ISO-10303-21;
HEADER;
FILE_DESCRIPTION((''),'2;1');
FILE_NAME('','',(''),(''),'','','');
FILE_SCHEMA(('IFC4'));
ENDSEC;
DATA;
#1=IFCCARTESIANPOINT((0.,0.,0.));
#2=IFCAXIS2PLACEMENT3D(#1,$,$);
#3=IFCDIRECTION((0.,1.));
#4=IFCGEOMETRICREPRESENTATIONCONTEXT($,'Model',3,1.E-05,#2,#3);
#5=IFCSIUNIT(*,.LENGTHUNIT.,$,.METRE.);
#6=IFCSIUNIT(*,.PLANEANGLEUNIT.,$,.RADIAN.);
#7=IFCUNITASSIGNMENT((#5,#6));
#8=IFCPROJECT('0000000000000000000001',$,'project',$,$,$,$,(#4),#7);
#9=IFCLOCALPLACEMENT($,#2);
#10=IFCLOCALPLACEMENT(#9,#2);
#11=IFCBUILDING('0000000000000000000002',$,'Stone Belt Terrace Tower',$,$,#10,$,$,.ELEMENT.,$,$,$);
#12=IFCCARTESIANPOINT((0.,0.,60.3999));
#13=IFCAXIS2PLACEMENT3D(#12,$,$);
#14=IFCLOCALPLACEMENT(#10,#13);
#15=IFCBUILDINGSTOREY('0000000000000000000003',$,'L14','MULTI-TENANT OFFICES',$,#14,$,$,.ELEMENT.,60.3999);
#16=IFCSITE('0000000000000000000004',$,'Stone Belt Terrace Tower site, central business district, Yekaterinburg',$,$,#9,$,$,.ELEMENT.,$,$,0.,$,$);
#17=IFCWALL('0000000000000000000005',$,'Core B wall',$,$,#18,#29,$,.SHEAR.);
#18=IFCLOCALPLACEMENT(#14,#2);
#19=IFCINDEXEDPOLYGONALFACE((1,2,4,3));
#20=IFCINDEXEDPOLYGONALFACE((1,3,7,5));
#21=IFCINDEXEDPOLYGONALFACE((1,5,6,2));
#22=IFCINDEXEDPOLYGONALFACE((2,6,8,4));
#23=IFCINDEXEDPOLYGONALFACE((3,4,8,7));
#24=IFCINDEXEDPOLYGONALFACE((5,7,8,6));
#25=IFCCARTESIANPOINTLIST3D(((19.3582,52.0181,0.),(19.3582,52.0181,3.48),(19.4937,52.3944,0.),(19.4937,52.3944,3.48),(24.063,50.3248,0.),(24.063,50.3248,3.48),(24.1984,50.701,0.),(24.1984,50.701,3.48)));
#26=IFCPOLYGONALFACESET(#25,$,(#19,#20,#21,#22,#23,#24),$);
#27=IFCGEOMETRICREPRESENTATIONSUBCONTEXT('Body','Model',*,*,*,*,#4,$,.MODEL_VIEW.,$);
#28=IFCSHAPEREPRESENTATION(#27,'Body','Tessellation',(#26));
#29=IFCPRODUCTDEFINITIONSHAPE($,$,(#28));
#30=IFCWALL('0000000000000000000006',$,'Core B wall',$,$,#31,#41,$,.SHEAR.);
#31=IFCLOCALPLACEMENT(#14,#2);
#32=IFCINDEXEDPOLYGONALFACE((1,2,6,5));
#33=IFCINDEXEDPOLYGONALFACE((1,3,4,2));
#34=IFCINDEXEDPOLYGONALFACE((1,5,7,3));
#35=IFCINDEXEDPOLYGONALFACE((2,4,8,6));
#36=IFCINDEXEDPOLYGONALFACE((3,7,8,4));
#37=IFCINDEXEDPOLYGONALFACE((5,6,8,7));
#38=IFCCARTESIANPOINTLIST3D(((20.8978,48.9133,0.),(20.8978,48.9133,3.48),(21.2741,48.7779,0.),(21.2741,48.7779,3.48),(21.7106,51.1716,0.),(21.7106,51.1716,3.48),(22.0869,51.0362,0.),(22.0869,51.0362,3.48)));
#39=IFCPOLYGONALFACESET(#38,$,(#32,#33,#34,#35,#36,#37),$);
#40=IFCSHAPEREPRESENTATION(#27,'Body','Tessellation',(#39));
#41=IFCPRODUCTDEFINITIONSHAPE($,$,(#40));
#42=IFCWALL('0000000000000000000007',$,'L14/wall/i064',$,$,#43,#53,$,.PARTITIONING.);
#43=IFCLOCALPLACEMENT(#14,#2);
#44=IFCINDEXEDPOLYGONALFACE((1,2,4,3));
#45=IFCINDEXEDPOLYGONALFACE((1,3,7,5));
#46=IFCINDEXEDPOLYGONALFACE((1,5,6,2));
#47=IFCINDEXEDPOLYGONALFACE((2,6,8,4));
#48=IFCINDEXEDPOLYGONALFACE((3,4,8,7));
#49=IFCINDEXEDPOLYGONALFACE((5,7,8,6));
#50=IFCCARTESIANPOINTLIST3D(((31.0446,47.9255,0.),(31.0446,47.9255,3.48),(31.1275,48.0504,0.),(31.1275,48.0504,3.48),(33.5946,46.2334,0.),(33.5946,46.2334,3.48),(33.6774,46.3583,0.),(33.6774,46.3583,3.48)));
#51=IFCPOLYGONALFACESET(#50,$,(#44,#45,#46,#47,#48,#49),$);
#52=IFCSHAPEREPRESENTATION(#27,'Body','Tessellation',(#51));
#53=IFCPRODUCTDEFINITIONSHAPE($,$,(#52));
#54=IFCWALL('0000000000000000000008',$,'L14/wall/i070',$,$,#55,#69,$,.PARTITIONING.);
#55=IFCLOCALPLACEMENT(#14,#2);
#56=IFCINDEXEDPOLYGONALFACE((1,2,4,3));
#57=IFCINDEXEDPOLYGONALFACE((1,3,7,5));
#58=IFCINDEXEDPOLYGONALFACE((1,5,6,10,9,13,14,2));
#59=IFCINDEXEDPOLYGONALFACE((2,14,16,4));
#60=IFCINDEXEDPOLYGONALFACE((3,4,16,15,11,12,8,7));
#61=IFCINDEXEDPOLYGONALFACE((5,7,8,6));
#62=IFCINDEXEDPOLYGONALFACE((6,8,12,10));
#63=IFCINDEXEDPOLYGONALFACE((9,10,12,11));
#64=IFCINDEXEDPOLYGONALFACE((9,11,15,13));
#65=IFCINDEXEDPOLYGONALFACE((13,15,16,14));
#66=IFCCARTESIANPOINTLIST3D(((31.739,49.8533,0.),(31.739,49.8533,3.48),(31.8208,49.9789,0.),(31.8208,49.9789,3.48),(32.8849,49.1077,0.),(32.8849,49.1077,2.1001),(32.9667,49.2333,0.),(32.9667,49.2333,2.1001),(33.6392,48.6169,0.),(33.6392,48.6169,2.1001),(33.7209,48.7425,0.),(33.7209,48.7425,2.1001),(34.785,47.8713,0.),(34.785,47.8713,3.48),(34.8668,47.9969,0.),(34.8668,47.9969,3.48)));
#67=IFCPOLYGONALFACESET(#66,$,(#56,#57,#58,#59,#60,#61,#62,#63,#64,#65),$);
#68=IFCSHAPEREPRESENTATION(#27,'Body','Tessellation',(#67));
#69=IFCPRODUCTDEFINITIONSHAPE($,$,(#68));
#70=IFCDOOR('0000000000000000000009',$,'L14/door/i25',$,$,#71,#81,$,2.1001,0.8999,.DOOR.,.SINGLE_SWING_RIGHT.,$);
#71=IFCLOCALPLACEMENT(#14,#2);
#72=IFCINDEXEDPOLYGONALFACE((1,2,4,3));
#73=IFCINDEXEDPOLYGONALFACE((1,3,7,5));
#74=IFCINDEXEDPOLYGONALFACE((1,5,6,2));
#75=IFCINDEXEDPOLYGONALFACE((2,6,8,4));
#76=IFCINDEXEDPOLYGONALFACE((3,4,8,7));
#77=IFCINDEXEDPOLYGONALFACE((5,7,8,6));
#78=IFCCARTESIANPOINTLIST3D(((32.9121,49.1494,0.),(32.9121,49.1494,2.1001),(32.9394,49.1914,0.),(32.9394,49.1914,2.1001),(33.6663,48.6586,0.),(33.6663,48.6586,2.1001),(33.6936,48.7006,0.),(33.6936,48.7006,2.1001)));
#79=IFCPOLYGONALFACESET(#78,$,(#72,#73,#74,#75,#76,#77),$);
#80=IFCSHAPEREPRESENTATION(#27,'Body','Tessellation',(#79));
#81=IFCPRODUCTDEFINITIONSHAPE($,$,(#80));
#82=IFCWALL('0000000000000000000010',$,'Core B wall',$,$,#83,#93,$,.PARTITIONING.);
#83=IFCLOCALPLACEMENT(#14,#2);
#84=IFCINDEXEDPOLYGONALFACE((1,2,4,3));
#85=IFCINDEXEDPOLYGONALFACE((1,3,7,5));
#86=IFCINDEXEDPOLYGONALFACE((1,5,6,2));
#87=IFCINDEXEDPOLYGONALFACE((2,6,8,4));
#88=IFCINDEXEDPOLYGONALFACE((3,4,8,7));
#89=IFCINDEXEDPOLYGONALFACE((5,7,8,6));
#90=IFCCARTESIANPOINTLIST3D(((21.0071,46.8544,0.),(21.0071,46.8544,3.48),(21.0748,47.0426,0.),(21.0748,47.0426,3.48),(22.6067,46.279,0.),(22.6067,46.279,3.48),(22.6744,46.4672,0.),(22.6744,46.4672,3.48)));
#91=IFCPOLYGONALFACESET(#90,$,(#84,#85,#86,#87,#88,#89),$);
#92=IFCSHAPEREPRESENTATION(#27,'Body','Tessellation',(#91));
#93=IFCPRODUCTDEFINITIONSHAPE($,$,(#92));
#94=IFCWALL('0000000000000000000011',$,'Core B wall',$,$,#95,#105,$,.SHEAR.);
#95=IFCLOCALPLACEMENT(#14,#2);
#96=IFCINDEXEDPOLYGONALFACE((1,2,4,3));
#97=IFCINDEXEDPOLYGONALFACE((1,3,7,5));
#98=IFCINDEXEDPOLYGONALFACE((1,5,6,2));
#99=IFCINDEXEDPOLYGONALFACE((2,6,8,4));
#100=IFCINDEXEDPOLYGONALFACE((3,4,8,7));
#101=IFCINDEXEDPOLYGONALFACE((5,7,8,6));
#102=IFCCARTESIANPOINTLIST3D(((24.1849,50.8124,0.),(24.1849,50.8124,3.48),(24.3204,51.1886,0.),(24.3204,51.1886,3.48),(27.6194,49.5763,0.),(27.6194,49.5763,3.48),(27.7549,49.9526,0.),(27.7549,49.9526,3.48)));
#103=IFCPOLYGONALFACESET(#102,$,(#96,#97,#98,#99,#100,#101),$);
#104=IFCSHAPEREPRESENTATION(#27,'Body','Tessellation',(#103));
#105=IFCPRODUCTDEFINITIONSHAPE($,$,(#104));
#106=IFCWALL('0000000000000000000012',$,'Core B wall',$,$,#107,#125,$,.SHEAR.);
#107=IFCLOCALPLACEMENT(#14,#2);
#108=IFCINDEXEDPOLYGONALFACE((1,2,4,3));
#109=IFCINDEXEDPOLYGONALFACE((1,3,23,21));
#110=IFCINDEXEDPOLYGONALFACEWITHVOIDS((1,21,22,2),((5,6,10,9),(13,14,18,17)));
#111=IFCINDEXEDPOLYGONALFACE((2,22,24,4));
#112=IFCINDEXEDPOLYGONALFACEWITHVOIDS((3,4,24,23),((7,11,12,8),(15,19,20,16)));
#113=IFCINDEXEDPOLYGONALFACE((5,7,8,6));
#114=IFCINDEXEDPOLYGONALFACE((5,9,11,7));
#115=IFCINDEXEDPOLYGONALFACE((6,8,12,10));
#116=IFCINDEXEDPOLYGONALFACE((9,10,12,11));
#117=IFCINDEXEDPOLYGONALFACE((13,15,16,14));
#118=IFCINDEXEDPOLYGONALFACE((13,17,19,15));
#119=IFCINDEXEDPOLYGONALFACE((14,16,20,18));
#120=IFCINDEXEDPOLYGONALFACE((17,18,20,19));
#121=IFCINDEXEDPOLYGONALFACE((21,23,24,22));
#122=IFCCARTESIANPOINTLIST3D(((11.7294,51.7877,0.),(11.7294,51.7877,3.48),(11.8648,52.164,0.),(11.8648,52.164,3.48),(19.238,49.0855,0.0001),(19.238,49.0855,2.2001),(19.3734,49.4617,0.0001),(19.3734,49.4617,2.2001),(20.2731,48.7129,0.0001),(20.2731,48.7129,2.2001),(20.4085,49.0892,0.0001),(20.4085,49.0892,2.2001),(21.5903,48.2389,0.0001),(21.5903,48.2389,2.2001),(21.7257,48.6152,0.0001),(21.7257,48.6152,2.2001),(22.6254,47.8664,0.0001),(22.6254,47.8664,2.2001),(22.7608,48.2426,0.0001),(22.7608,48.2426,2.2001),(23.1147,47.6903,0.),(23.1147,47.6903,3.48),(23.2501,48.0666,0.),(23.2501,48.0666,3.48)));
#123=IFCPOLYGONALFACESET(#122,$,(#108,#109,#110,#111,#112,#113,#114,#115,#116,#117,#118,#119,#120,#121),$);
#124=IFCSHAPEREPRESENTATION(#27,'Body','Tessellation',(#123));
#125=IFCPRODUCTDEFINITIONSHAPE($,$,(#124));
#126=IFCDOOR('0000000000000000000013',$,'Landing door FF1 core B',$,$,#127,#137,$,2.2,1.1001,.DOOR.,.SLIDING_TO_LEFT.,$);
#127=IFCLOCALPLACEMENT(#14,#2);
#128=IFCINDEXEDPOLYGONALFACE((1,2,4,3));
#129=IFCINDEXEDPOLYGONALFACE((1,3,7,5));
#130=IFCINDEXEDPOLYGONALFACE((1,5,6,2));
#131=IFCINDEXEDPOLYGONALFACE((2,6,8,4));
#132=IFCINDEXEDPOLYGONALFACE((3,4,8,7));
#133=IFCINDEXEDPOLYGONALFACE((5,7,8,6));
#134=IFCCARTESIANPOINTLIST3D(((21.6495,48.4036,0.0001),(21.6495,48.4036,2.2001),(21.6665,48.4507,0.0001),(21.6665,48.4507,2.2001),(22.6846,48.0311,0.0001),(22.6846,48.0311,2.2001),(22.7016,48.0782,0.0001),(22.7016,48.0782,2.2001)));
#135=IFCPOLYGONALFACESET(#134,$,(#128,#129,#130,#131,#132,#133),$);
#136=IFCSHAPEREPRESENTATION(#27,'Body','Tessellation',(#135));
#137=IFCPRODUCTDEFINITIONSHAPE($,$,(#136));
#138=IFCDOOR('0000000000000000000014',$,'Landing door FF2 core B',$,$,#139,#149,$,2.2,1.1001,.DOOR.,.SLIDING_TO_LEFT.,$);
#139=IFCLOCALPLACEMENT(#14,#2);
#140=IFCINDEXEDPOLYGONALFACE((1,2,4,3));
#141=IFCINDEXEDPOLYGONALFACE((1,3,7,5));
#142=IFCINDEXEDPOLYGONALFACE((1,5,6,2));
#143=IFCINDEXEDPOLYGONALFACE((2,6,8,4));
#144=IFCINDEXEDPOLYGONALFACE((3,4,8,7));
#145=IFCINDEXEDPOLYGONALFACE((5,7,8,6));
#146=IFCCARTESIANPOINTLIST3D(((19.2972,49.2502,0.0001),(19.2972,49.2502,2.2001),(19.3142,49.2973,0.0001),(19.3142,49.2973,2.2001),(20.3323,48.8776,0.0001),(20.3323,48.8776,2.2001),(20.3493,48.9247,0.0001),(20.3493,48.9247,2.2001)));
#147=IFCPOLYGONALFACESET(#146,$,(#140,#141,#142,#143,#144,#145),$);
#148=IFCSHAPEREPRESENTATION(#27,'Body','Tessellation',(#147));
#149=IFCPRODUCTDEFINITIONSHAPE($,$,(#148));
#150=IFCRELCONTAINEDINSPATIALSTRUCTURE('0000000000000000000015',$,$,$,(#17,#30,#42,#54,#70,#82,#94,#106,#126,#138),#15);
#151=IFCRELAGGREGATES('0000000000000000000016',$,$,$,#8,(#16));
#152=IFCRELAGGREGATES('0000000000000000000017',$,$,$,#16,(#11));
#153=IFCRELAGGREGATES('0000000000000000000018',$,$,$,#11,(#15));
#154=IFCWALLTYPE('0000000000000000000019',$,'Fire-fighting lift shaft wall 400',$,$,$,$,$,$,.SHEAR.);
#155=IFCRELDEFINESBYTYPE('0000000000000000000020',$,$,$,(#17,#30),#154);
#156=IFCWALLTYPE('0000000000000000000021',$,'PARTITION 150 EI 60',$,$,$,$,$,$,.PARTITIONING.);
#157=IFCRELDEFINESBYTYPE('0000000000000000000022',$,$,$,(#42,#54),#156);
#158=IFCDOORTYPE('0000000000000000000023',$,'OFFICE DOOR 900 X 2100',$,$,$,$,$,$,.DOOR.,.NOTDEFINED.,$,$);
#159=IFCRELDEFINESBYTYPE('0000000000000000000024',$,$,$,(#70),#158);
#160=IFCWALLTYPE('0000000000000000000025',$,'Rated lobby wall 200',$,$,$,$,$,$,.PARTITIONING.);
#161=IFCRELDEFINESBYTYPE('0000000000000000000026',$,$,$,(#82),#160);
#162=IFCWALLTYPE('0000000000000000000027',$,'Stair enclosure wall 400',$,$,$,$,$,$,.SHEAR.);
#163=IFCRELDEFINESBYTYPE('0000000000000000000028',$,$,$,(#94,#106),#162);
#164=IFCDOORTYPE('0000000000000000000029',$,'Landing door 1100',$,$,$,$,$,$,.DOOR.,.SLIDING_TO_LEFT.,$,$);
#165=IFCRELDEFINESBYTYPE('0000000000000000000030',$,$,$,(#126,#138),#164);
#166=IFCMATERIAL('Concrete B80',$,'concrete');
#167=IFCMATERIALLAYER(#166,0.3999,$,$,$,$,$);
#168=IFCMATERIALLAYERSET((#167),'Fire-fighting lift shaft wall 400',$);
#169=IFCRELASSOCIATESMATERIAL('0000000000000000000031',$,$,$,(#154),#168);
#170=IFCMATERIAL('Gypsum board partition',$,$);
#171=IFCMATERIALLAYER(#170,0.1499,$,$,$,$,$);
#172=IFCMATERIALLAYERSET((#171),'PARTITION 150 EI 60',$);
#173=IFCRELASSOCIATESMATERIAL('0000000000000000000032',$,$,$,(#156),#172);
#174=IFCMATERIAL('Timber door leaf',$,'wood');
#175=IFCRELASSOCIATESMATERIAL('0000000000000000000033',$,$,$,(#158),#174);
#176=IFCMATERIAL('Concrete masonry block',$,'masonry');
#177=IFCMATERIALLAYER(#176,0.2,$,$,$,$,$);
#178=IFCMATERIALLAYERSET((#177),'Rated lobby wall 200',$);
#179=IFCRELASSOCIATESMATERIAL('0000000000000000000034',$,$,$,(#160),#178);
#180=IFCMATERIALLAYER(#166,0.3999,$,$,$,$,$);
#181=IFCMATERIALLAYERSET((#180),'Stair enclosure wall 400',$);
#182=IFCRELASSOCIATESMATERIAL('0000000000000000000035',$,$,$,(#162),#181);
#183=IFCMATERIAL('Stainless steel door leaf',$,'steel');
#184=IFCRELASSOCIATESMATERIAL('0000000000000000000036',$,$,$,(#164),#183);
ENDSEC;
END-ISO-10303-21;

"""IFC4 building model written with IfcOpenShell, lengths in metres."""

from ifc_helpers import new_model, si_unit, direction, frame, frame_2d, origin, place, context, subcontext, project, spatial, rectangle, extrude, material, layer, layer_set, type_object, element, fill, save


model = new_model("IFC4")

# Units and contexts
model_context = context("Model", 3, precision=1e-05, world=origin(), true_north=direction((0.0, 1.0)))
body_context = subcontext(model_context, "Body", "Model", "MODEL_VIEW")
ifc_project = project(units=[si_unit("LENGTHUNIT", "METRE"), si_unit("PLANEANGLEUNIT", "RADIAN")], contexts=[model_context])

# Site, building, storey
site_placement = place(None, origin())
site = spatial("IfcSite", under=ifc_project, at=site_placement, Name="Stone Belt Terrace Tower site, central business district, Yekaterinburg", CompositionType="ELEMENT", RefElevation=0.0)
building_placement = place(site_placement, origin())
building = spatial("IfcBuilding", under=site, at=building_placement, Name="Stone Belt Terrace Tower", CompositionType="ELEMENT")
storey_placement = place(building_placement, frame((0.0, 0.0, 60.3999)))
storey = spatial("IfcBuildingStorey", under=building, at=storey_placement, Name="L14", Description="MULTI-TENANT OFFICES", CompositionType="ELEMENT", Elevation=60.3999)

# Walls
ifc_material_1 = material(Name="Concrete B80", Category="concrete")
ifc_layer_1 = layer(ifc_material_1, 0.3999)
ifc_layer_set_1 = layer_set([ifc_layer_1], Name="Fire-fighting lift shaft wall 400")
wall_type_1 = type_object("IfcWallType", Name="Fire-fighting lift shaft wall 400", PredefinedType="SHEAR", material=ifc_layer_set_1)
wall_1_placement = place(storey_placement, frame((24.1306, 50.5129, 0.0), z_axis=(0.0, 0.0, 1.0), x_axis=(-0.940912, 0.338652, 0.0)))
element("IfcWall", 1, at=wall_1_placement, inside=storey, type_object=wall_type_1, Name="Core B wall", PredefinedType="SHEAR", context=body_context, shape_type="SweptSolid", body=[
    extrude(rectangle(XDim=5.0002, YDim=0.3999, at=frame_2d((2.5, 0.0))), origin(), (0.0, 0.0, 1.0), 3.48),
])
wall_2_placement = place(storey_placement, frame((21.0859, 48.8455, 0.0), z_axis=(0.0, 0.0, 1.0), x_axis=(0.338629, 0.94092, 0.0)))
element("IfcWall", 2, at=wall_2_placement, inside=storey, type_object=wall_type_1, Name="Core B wall", PredefinedType="SHEAR", context=body_context, shape_type="SweptSolid", body=[
    extrude(rectangle(XDim=2.4001, YDim=0.3999, at=frame_2d((1.2002, 0.0))), origin(), (0.0, 0.0, 1.0), 3.48),
])
ifc_material_2 = material(Name="Gypsum board partition")
ifc_layer_2 = layer(ifc_material_2, 0.1499)
ifc_layer_set_2 = layer_set([ifc_layer_2], Name="PARTITION 150 EI 60")
wall_type_2 = type_object("IfcWallType", Name="PARTITION 150 EI 60", PredefinedType="PARTITIONING", material=ifc_layer_set_2)
wall_3_placement = place(storey_placement, frame((31.0859, 47.988, 0.0), z_axis=(0.0, 0.0, 1.0), x_axis=(0.833239, -0.552913, 0.0)))
element("IfcWall", 3, at=wall_3_placement, inside=storey, type_object=wall_type_2, Name="L14/wall/i064", PredefinedType="PARTITIONING", context=body_context, shape_type="SweptSolid", body=[
    extrude(rectangle(XDim=3.0603, YDim=0.1499, at=frame_2d((1.5303, 0.0))), origin(), (0.0, 0.0, 1.0), 3.48),
])

# Wall, opening, door
wall_4_placement = place(storey_placement, frame((31.78, 49.916, 0.0), z_axis=(0.0, 0.0, 1.0), x_axis=(0.83818, -0.545394, 0.0)))
wall_4 = element("IfcWall", 4, at=wall_4_placement, inside=storey, type_object=wall_type_2, Name="L14/wall/i070", PredefinedType="PARTITIONING", context=body_context, shape_type="SweptSolid", body=[
    extrude(rectangle(XDim=3.634, YDim=0.1499, at=frame_2d((1.8169, 0.0))), origin(), (0.0, 0.0, 1.0), 3.48),
])
opening_1_placement = place(wall_4_placement, frame((1.3669, 0.0, 0.0)))
opening_1 = element("IfcOpeningElement", 5, at=opening_1_placement, cuts=wall_4, PredefinedType="OPENING", context=body_context, shape_type="SweptSolid", body=[
    extrude(rectangle(XDim=0.8999, YDim=2.1001, at=frame_2d((0.45, 1.05))), frame((0.0, 0.085, 0.0), z_axis=(0.0, -1.0, 0.0), x_axis=(1.0, 0.0, 0.0)), (0.0, 0.0, 1.0), 0.1699),
])
ifc_material_3 = material(Name="Timber door leaf", Category="wood")
door_type_1 = type_object("IfcDoorType", Name="OFFICE DOOR 900 X 2100", OperationType="NOTDEFINED", PredefinedType="DOOR", material=ifc_material_3)
door_1_placement = place(opening_1_placement, origin())
door_1 = element("IfcDoor", 6, at=door_1_placement, inside=storey, type_object=door_type_1, Name="L14/door/i25", OperationType="SINGLE_SWING_RIGHT", OverallHeight=2.1001, OverallWidth=0.8999, PredefinedType="DOOR", context=body_context, shape_type="SweptSolid", body=[
    extrude(rectangle(XDim=0.8999, YDim=2.1001, at=frame_2d((0.45, 1.05))), frame((0.0, 0.0249, 0.0), z_axis=(0.0, -1.0, 0.0), x_axis=(1.0, 0.0, 0.0)), (0.0, 0.0, 1.0), 0.05),
])
fill(opening_1, door_1)

# Walls
ifc_material_4 = material(Name="Concrete masonry block", Category="masonry")
ifc_layer_3 = layer(ifc_material_4, 0.2)
ifc_layer_set_3 = layer_set([ifc_layer_3], Name="Rated lobby wall 200")
wall_type_3 = type_object("IfcWallType", Name="Rated lobby wall 200", PredefinedType="PARTITIONING", material=ifc_layer_set_3)
wall_5_placement = place(storey_placement, frame((22.6406, 46.373, 0.0), z_axis=(0.0, 0.0, 1.0), x_axis=(-0.940966, 0.338501, 0.0)))
element("IfcWall", 7, at=wall_5_placement, inside=storey, type_object=wall_type_3, Name="Core B wall", PredefinedType="PARTITIONING", context=body_context, shape_type="SweptSolid", body=[
    extrude(rectangle(XDim=1.7, YDim=0.2, at=frame_2d((0.8501, 0.0))), origin(), (0.0, 0.0, 1.0), 3.48),
])
ifc_layer_4 = layer(ifc_material_1, 0.3999)
ifc_layer_set_4 = layer_set([ifc_layer_4], Name="Stair enclosure wall 400")
wall_type_4 = type_object("IfcWallType", Name="Stair enclosure wall 400", PredefinedType="SHEAR", material=ifc_layer_set_4)
wall_6_placement = place(storey_placement, frame((27.6873, 49.7644, 0.0), z_axis=(0.0, 0.0, 1.0), x_axis=(-0.940919, 0.338632, 0.0)))
element("IfcWall", 8, at=wall_6_placement, inside=storey, type_object=wall_type_4, Name="Core B wall", PredefinedType="SHEAR", context=body_context, shape_type="SweptSolid", body=[
    extrude(rectangle(XDim=3.6501, YDim=0.3999, at=frame_2d((1.8252, 0.0))), origin(), (0.0, 0.0, 1.0), 3.48),
])

# Wall, openings, doors
wall_7_placement = place(storey_placement, frame((23.1824, 47.8784, 0.0), z_axis=(0.0, 0.0, 1.0), x_axis=(-0.940921, 0.338626, 0.0)))
wall_7 = element("IfcWall", 9, at=wall_7_placement, inside=storey, type_object=wall_type_4, Name="Core B wall", PredefinedType="SHEAR", context=body_context, shape_type="SweptSolid", body=[
    extrude(rectangle(XDim=12.1001, YDim=0.3999, at=frame_2d((6.05, 0.0))), origin(), (0.0, 0.0, 1.0), 3.48),
])
opening_2_placement = place(wall_7_placement, frame((0.52, 0.0, 0.0)))
opening_2 = element("IfcOpeningElement", 10, at=opening_2_placement, cuts=wall_7, PredefinedType="OPENING", context=body_context, shape_type="SweptSolid", body=[
    extrude(rectangle(XDim=1.1001, YDim=2.2, at=frame_2d((0.55, 1.1001))), frame((0.0, 0.21, 0.0), z_axis=(0.0, -1.0, 0.0), x_axis=(1.0, 0.0, 0.0)), (0.0, 0.0, 1.0), 0.4199),
])
opening_3_placement = place(wall_7_placement, frame((3.02, 0.0, 0.0)))
opening_3 = element("IfcOpeningElement", 11, at=opening_3_placement, cuts=wall_7, PredefinedType="OPENING", context=body_context, shape_type="SweptSolid", body=[
    extrude(rectangle(XDim=1.1001, YDim=2.2, at=frame_2d((0.55, 1.1001))), frame((0.0, 0.21, 0.0), z_axis=(0.0, -1.0, 0.0), x_axis=(1.0, 0.0, 0.0)), (0.0, 0.0, 1.0), 0.4199),
])
ifc_material_5 = material(Name="Stainless steel door leaf", Category="steel")
door_type_2 = type_object("IfcDoorType", Name="Landing door 1100", OperationType="SLIDING_TO_LEFT", PredefinedType="DOOR", material=ifc_material_5)
door_2_placement = place(opening_2_placement, origin())
door_2 = element("IfcDoor", 12, at=door_2_placement, inside=storey, type_object=door_type_2, Name="Landing door FF1 core B", OperationType="SLIDING_TO_LEFT", OverallHeight=2.2, OverallWidth=1.1001, PredefinedType="DOOR", context=body_context, shape_type="SweptSolid", body=[
    extrude(rectangle(XDim=1.1001, YDim=2.2, at=frame_2d((0.55, 1.1001))), frame((0.0, 0.0249, 0.0), z_axis=(0.0, -1.0, 0.0), x_axis=(1.0, 0.0, 0.0)), (0.0, 0.0, 1.0), 0.05),
])
fill(opening_2, door_2)
door_3_placement = place(opening_3_placement, origin())
door_3 = element("IfcDoor", 13, at=door_3_placement, inside=storey, type_object=door_type_2, Name="Landing door FF2 core B", OperationType="SLIDING_TO_LEFT", OverallHeight=2.2, OverallWidth=1.1001, PredefinedType="DOOR", context=body_context, shape_type="SweptSolid", body=[
    extrude(rectangle(XDim=1.1001, YDim=2.2, at=frame_2d((0.55, 1.1001))), frame((0.0, 0.0249, 0.0), z_axis=(0.0, -1.0, 0.0), x_axis=(1.0, 0.0, 0.0)), (0.0, 0.0, 1.0), 0.05),
])
fill(opening_3, door_3)

save(model, "model.ifc")
